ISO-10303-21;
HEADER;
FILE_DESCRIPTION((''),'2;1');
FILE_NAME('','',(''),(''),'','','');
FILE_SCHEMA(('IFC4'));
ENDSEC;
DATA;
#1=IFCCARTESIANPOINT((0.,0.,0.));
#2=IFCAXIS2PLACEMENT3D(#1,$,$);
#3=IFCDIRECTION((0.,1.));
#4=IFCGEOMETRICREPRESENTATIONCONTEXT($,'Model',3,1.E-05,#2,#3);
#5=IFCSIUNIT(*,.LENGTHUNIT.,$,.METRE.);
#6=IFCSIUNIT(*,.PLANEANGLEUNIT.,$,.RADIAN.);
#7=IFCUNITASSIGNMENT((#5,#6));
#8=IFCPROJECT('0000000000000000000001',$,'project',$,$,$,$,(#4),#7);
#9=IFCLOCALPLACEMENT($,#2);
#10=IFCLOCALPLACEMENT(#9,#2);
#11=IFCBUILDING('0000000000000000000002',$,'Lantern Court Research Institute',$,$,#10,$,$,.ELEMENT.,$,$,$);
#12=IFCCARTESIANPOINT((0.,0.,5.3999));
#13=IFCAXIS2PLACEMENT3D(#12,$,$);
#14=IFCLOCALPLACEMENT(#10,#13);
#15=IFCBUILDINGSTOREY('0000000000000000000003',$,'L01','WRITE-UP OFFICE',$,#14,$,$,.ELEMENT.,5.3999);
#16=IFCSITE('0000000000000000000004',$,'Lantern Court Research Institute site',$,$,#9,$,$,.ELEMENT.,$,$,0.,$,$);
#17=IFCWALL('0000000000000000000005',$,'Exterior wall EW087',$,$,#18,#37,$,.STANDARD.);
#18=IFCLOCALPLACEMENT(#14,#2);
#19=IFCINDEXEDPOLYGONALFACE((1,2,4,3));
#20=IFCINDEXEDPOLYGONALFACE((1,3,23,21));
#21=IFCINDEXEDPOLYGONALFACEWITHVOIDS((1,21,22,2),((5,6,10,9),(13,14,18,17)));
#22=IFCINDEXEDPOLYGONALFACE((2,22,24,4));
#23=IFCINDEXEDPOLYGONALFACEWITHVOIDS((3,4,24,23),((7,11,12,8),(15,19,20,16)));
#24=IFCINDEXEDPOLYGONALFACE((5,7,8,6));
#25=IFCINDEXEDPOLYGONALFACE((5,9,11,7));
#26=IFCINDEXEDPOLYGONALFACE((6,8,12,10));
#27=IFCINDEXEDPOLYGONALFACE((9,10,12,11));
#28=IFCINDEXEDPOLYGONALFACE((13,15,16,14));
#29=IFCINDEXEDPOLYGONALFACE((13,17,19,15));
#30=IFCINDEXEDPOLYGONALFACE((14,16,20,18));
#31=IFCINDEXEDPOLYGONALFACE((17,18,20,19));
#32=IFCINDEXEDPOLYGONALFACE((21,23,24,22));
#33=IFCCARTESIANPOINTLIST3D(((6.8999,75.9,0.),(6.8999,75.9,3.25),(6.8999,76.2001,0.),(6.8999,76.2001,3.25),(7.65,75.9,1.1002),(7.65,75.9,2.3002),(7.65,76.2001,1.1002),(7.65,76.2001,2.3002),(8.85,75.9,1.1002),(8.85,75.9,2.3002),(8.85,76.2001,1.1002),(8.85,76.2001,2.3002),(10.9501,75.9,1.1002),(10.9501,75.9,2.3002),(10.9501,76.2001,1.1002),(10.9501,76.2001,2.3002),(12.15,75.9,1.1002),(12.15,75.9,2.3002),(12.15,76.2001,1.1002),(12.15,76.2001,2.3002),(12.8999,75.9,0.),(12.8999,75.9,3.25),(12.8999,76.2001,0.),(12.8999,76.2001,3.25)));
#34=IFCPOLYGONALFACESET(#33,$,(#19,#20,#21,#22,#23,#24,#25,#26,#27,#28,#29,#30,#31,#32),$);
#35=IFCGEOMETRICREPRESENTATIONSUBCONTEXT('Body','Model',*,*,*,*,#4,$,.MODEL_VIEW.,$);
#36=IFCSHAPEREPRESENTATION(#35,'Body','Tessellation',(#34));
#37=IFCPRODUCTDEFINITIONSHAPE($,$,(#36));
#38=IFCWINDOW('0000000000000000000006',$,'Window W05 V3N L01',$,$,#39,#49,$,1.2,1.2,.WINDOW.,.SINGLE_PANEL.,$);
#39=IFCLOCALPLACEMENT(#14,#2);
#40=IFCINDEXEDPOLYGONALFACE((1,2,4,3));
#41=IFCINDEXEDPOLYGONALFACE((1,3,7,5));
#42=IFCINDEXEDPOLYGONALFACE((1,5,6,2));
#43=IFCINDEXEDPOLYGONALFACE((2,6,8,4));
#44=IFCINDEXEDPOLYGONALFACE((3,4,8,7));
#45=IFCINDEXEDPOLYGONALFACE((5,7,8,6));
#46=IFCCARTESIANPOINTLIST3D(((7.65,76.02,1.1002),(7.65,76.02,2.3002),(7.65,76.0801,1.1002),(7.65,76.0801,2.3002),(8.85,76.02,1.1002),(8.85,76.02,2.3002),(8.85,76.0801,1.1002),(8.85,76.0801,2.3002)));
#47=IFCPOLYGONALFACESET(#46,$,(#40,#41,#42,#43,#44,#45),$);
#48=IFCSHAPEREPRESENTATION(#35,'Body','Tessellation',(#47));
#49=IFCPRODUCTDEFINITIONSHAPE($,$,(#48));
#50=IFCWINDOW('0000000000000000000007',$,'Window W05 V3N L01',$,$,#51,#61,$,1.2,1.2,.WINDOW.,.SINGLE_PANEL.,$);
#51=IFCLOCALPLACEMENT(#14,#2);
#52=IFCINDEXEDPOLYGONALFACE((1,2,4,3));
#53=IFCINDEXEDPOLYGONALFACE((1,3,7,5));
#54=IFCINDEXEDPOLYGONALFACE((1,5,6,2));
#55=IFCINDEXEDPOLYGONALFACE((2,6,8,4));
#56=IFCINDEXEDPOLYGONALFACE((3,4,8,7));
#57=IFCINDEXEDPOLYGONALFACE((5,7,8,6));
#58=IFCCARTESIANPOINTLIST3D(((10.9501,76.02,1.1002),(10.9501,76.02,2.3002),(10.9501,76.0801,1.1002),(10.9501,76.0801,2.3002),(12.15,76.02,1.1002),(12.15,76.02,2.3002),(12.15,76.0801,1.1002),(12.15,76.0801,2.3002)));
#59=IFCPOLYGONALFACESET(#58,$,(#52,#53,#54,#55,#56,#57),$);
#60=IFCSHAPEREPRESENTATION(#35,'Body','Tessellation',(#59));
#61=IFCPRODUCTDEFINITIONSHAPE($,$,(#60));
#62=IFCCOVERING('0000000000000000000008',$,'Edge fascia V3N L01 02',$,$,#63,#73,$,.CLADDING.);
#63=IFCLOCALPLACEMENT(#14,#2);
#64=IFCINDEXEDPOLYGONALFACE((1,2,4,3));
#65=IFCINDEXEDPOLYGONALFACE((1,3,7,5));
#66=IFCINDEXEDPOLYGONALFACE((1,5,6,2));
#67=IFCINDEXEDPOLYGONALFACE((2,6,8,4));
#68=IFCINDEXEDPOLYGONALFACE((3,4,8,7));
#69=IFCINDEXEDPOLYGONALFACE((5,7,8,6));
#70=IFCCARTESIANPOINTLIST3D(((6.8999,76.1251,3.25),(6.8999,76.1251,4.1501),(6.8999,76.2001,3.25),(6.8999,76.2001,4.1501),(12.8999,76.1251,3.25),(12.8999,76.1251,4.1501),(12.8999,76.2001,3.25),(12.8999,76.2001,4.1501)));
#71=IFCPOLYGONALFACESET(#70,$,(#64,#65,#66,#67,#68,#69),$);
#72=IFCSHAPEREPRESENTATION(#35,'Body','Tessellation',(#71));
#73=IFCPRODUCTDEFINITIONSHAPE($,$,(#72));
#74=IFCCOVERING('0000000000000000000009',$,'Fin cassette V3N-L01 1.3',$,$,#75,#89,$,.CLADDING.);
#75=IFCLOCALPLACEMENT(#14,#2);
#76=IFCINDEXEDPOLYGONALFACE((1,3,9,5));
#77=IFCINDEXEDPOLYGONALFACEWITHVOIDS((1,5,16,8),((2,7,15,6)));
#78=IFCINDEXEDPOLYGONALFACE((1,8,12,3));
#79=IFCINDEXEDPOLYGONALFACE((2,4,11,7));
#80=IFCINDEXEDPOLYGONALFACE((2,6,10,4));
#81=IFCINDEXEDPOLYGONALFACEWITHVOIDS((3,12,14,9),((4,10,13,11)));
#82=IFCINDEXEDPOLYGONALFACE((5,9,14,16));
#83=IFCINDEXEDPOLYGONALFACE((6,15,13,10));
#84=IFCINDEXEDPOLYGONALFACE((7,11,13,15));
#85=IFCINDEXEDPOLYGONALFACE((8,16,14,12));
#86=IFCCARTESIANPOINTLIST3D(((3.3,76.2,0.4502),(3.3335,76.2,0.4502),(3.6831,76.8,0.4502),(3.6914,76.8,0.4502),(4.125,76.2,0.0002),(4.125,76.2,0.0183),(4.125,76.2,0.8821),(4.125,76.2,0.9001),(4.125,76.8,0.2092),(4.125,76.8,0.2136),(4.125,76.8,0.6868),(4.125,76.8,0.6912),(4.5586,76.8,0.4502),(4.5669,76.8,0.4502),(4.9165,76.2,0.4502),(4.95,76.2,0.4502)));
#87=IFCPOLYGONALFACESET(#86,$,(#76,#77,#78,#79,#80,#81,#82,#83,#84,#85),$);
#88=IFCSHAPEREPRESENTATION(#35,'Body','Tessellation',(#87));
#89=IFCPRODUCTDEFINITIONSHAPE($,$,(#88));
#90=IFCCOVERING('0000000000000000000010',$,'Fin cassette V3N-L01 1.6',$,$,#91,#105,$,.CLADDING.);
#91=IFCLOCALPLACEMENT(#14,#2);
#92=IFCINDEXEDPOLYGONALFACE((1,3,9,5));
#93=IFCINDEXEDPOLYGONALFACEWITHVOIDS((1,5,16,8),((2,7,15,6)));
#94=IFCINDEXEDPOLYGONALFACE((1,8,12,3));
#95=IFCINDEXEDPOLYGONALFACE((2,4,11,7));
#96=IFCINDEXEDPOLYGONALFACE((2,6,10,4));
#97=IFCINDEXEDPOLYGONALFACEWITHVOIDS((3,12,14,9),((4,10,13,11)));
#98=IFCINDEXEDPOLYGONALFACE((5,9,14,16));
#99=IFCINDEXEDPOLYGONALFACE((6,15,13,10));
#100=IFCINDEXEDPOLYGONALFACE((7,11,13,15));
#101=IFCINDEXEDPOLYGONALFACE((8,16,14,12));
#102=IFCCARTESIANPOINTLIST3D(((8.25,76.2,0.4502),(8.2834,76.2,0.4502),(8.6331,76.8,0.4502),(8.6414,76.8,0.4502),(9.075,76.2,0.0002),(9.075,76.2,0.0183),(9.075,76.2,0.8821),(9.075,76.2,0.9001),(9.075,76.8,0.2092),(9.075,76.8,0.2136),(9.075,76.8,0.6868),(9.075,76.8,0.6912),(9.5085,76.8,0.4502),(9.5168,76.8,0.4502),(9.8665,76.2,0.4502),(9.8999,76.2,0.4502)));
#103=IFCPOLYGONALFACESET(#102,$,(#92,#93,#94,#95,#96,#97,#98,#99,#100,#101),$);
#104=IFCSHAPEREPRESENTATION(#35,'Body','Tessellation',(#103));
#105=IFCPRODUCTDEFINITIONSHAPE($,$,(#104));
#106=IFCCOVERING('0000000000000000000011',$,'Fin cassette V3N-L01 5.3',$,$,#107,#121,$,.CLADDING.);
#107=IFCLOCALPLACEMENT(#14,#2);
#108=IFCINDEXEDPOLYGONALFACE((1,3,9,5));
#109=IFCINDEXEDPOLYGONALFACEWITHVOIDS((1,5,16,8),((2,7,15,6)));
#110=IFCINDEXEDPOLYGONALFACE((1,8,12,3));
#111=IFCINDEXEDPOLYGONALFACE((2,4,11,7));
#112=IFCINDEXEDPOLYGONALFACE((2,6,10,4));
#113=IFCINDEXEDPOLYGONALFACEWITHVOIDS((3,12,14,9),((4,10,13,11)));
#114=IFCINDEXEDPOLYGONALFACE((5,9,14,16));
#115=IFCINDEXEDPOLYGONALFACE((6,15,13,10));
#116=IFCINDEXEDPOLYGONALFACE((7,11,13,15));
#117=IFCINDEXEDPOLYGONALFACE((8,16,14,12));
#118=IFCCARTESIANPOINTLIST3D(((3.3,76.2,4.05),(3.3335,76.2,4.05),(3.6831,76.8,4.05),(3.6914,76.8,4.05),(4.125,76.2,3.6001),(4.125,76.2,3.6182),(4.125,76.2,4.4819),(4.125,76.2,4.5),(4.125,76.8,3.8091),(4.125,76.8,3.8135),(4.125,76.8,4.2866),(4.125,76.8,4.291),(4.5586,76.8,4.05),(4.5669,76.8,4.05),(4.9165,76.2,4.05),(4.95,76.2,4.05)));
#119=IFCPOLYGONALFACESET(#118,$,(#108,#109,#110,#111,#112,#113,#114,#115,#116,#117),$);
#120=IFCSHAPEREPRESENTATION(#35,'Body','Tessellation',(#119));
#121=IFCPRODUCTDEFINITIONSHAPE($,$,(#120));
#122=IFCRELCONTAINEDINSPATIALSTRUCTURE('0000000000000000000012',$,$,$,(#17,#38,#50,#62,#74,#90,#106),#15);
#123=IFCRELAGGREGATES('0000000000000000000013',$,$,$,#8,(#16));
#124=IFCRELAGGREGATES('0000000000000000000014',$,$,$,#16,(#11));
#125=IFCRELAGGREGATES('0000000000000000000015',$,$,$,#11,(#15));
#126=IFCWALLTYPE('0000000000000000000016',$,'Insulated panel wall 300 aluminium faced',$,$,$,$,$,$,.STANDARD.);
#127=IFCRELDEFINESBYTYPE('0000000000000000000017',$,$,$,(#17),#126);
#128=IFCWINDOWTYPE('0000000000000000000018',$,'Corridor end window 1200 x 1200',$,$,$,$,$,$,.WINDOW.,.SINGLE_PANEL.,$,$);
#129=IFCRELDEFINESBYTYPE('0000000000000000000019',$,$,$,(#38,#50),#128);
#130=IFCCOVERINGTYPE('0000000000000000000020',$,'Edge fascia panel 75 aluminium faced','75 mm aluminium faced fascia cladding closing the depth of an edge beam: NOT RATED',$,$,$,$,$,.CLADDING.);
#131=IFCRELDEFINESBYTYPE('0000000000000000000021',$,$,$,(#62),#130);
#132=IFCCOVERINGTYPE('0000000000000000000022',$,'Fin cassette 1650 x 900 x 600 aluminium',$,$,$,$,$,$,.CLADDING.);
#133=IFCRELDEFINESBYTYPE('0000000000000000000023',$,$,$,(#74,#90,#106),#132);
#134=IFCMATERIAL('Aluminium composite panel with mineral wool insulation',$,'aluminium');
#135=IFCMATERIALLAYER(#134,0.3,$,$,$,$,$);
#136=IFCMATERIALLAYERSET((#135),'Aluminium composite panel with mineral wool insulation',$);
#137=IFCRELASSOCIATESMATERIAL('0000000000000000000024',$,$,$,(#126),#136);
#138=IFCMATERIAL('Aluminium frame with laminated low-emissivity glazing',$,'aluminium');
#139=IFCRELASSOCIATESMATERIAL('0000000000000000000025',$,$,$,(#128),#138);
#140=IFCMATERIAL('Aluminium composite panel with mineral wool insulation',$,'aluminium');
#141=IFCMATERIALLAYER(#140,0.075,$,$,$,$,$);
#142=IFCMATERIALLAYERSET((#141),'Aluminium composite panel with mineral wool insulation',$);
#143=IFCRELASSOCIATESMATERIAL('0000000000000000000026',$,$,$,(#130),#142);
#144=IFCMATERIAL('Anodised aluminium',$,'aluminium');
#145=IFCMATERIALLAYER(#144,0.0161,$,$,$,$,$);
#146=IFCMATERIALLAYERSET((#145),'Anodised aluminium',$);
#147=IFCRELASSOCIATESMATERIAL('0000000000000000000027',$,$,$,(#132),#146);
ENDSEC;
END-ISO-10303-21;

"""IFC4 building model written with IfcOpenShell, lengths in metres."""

from ifc_helpers import new_model, entity, si_unit, direction, frame, frame_2d, origin, place, context, subcontext, project, spatial, rectangle, extrude, material, layer, layer_set, type_object, element, fill, save


model = new_model("IFC4")

# Units and contexts
model_context = context("Model", 3, precision=1e-05, world=origin(), true_north=direction((0.0, 1.0)))
body_context = subcontext(model_context, "Body", "Model", "MODEL_VIEW")
ifc_project = project(units=[si_unit("LENGTHUNIT", "METRE"), si_unit("PLANEANGLEUNIT", "RADIAN")], contexts=[model_context])

# Site, building, storey
site_placement = place(None, origin())
site = spatial("IfcSite", under=ifc_project, at=site_placement, Name="Lantern Court Research Institute site", CompositionType="ELEMENT", RefElevation=0.0)
building_placement = place(site_placement, origin())
building = spatial("IfcBuilding", under=site, at=building_placement, Name="Lantern Court Research Institute", CompositionType="ELEMENT")
storey_placement = place(building_placement, frame((0.0, 0.0, 5.3999)))
storey = spatial("IfcBuildingStorey", under=building, at=storey_placement, Name="L01", Description="WRITE-UP OFFICE", CompositionType="ELEMENT", Elevation=5.3999)

# Wall, openings, windows
ifc_material_1 = material(Name="Aluminium composite panel with mineral wool insulation", Category="aluminium")
ifc_layer_1 = layer(ifc_material_1, 0.3)
ifc_layer_set_1 = layer_set([ifc_layer_1], Name="Aluminium composite panel with mineral wool insulation")
wall_type_1 = type_object("IfcWallType", Name="Insulated panel wall 300 aluminium faced", PredefinedType="STANDARD", material=ifc_layer_set_1)
wall_1_placement = place(storey_placement, frame((6.8999, 76.05, 0.0), z_axis=(0.0, 0.0, 1.0), x_axis=(1.0, 0.0, 0.0)))
wall_1 = element("IfcWall", 1, at=wall_1_placement, inside=storey, type_object=wall_type_1, Name="Exterior wall EW087", PredefinedType="STANDARD", context=body_context, shape_type="SweptSolid", body=[
    extrude(rectangle(XDim=6.0, YDim=0.3, at=frame_2d((3.0, 0.0))), origin(), (0.0, 0.0, 1.0), 3.25),
])
opening_1_placement = place(wall_1_placement, frame((0.75, 0.0, 1.1001)))
opening_1 = element("IfcOpeningElement", 2, at=opening_1_placement, cuts=wall_1, PredefinedType="OPENING", context=body_context, shape_type="SweptSolid", body=[
    extrude(rectangle(XDim=1.2, YDim=1.2, at=frame_2d((0.6001, 0.6001))), frame((0.0, 0.1599, 0.0), z_axis=(0.0, -1.0, 0.0), x_axis=(1.0, 0.0, 0.0)), (0.0, 0.0, 1.0), 0.3201),
])
opening_2_placement = place(wall_1_placement, frame((4.05, 0.0, 1.1001)))
opening_2 = element("IfcOpeningElement", 3, at=opening_2_placement, cuts=wall_1, PredefinedType="OPENING", context=body_context, shape_type="SweptSolid", body=[
    extrude(rectangle(XDim=1.2, YDim=1.2, at=frame_2d((0.6001, 0.6001))), frame((0.0, 0.1599, 0.0), z_axis=(0.0, -1.0, 0.0), x_axis=(1.0, 0.0, 0.0)), (0.0, 0.0, 1.0), 0.3201),
])
ifc_material_2 = material(Name="Aluminium frame with laminated low-emissivity glazing", Category="aluminium")
window_type = type_object("IfcWindowType", Name="Corridor end window 1200 x 1200", PartitioningType="SINGLE_PANEL", PredefinedType="WINDOW", material=ifc_material_2)
window_1_placement = place(opening_1_placement, origin())
window_1 = element("IfcWindow", 4, at=window_1_placement, inside=storey, type_object=window_type, Name="Window W05 V3N L01", OverallHeight=1.2, OverallWidth=1.2, PartitioningType="SINGLE_PANEL", PredefinedType="WINDOW", context=body_context, shape_type="SweptSolid", body=[
    extrude(rectangle(XDim=1.2, YDim=1.2, at=frame_2d((0.6001, 0.6001))), frame((0.0, 0.03, 0.0), z_axis=(0.0, -1.0, 0.0), x_axis=(1.0, 0.0, 0.0)), (0.0, 0.0, 1.0), 0.0601),
])
fill(opening_1, window_1)
window_2_placement = place(opening_2_placement, origin())
window_2 = element("IfcWindow", 5, at=window_2_placement, inside=storey, type_object=window_type, Name="Window W05 V3N L01", OverallHeight=1.2, OverallWidth=1.2, PartitioningType="SINGLE_PANEL", PredefinedType="WINDOW", context=body_context, shape_type="SweptSolid", body=[
    extrude(rectangle(XDim=1.2, YDim=1.2, at=frame_2d((0.6001, 0.6001))), frame((0.0, 0.03, 0.0), z_axis=(0.0, -1.0, 0.0), x_axis=(1.0, 0.0, 0.0)), (0.0, 0.0, 1.0), 0.0601),
])
fill(opening_2, window_2)

# Coverings
ifc_material_3 = material(Name="Aluminium composite panel with mineral wool insulation", Category="aluminium")
ifc_layer_2 = layer(ifc_material_3, 0.075)
ifc_layer_set_2 = layer_set([ifc_layer_2], Name="Aluminium composite panel with mineral wool insulation")
covering_type_1 = type_object("IfcCoveringType", Name="Edge fascia panel 75 aluminium faced", Description="75 mm aluminium faced fascia cladding closing the depth of an edge beam: NOT RATED", PredefinedType="CLADDING", material=ifc_layer_set_2)
covering_1_placement = place(storey_placement, frame((6.8999, 76.1626, 3.25), z_axis=(0.0, 0.0, 1.0), x_axis=(1.0, 0.0, 0.0)))
element("IfcCovering", 6, at=covering_1_placement, inside=storey, type_object=covering_type_1, Name="Edge fascia V3N L01 02", PredefinedType="CLADDING", context=body_context, shape_type="SweptSolid", body=[
    extrude(rectangle(XDim=6.0, YDim=0.075, at=frame_2d((3.0, 0.0))), origin(), (0.0, 0.0, 1.0), 0.9001),
])
ifc_material_4 = material(Name="Anodised aluminium", Category="aluminium")
ifc_layer_3 = layer(ifc_material_4, 0.0161)
ifc_layer_set_3 = layer_set([ifc_layer_3], Name="Anodised aluminium")
covering_type_2 = type_object("IfcCoveringType", Name="Fin cassette 1650 x 900 x 600 aluminium", PredefinedType="CLADDING", material=ifc_layer_set_3)
covering_2_placement = place(storey_placement, frame((4.125, 76.2, 0.4502), z_axis=(0.0, 1.0, 0.0), x_axis=(-1.0, 0.0, 0.0)))
cartesian_point_1 = entity("IfcCartesianPoint", [0.825, 0.0])
cartesian_point_2 = entity("IfcCartesianPoint", [0.7915, 0.0])
cartesian_point_3 = entity("IfcCartesianPoint", [0.4419, 0.0])
cartesian_point_4 = entity("IfcCartesianPoint", [0.4336, 0.0])
element("IfcCovering", 7, at=covering_2_placement, inside=storey, type_object=covering_type_2, Name="Fin cassette V3N-L01 1.3", PredefinedType="CLADDING", context=body_context, shape_type="SweptSolid", body=[
    entity("IfcExtrudedAreaSolidTapered", entity("IfcArbitraryProfileDefWithVoids", "AREA", None, entity("IfcPolyline", [cartesian_point_1, entity("IfcCartesianPoint", [0.0, 0.45]), entity("IfcCartesianPoint", [-0.825, 0.0]), entity("IfcCartesianPoint", [0.0, -0.45]), cartesian_point_1]), [entity("IfcPolyline", [cartesian_point_2, entity("IfcCartesianPoint", [0.0, 0.4319]), entity("IfcCartesianPoint", [-0.7915, 0.0]), entity("IfcCartesianPoint", [0.0, -0.4319]), cartesian_point_2])]), entity("IfcAxis2Placement3D", entity("IfcCartesianPoint", [0.0, 0.0, 0.0])), entity("IfcDirection", [0.0, 0.0, 1.0]), 0.6001, entity("IfcArbitraryProfileDefWithVoids", "AREA", None, entity("IfcPolyline", [cartesian_point_3, entity("IfcCartesianPoint", [0.0, 0.241]), entity("IfcCartesianPoint", [-0.4419, 0.0]), entity("IfcCartesianPoint", [0.0, -0.241]), cartesian_point_3]), [entity("IfcPolyline", [cartesian_point_4, entity("IfcCartesianPoint", [0.0, 0.2366]), entity("IfcCartesianPoint", [-0.4336, 0.0]), entity("IfcCartesianPoint", [0.0, -0.2366]), cartesian_point_4])])),
])
covering_3_placement = place(storey_placement, frame((9.075, 76.2, 0.4502), z_axis=(0.0, 1.0, 0.0), x_axis=(-1.0, 0.0, 0.0)))
cartesian_point_5 = entity("IfcCartesianPoint", [0.825, 0.0])
cartesian_point_6 = entity("IfcCartesianPoint", [0.7915, 0.0])
cartesian_point_7 = entity("IfcCartesianPoint", [0.4419, 0.0])
cartesian_point_8 = entity("IfcCartesianPoint", [0.4336, 0.0])
element("IfcCovering", 8, at=covering_3_placement, inside=storey, type_object=covering_type_2, Name="Fin cassette V3N-L01 1.6", PredefinedType="CLADDING", context=body_context, shape_type="SweptSolid", body=[
    entity("IfcExtrudedAreaSolidTapered", entity("IfcArbitraryProfileDefWithVoids", "AREA", None, entity("IfcPolyline", [cartesian_point_5, entity("IfcCartesianPoint", [0.0, 0.45]), entity("IfcCartesianPoint", [-0.825, 0.0]), entity("IfcCartesianPoint", [0.0, -0.45]), cartesian_point_5]), [entity("IfcPolyline", [cartesian_point_6, entity("IfcCartesianPoint", [0.0, 0.4319]), entity("IfcCartesianPoint", [-0.7915, 0.0]), entity("IfcCartesianPoint", [0.0, -0.4319]), cartesian_point_6])]), entity("IfcAxis2Placement3D", entity("IfcCartesianPoint", [0.0, 0.0, 0.0])), entity("IfcDirection", [0.0, 0.0, 1.0]), 0.6001, entity("IfcArbitraryProfileDefWithVoids", "AREA", None, entity("IfcPolyline", [cartesian_point_7, entity("IfcCartesianPoint", [0.0, 0.241]), entity("IfcCartesianPoint", [-0.4419, 0.0]), entity("IfcCartesianPoint", [0.0, -0.241]), cartesian_point_7]), [entity("IfcPolyline", [cartesian_point_8, entity("IfcCartesianPoint", [0.0, 0.2366]), entity("IfcCartesianPoint", [-0.4336, 0.0]), entity("IfcCartesianPoint", [0.0, -0.2366]), cartesian_point_8])])),
])
covering_4_placement = place(storey_placement, frame((4.125, 76.2, 4.05), z_axis=(0.0, 1.0, 0.0), x_axis=(-1.0, 0.0, 0.0)))
cartesian_point_9 = entity("IfcCartesianPoint", [0.825, 0.0])
cartesian_point_10 = entity("IfcCartesianPoint", [0.7915, 0.0])
cartesian_point_11 = entity("IfcCartesianPoint", [0.4419, 0.0])
cartesian_point_12 = entity("IfcCartesianPoint", [0.4336, 0.0])
element("IfcCovering", 9, at=covering_4_placement, inside=storey, type_object=covering_type_2, Name="Fin cassette V3N-L01 5.3", PredefinedType="CLADDING", context=body_context, shape_type="SweptSolid", body=[
    entity("IfcExtrudedAreaSolidTapered", entity("IfcArbitraryProfileDefWithVoids", "AREA", None, entity("IfcPolyline", [cartesian_point_9, entity("IfcCartesianPoint", [0.0, 0.45]), entity("IfcCartesianPoint", [-0.825, 0.0]), entity("IfcCartesianPoint", [0.0, -0.45]), cartesian_point_9]), [entity("IfcPolyline", [cartesian_point_10, entity("IfcCartesianPoint", [0.0, 0.4319]), entity("IfcCartesianPoint", [-0.7915, 0.0]), entity("IfcCartesianPoint", [0.0, -0.4319]), cartesian_point_10])]), entity("IfcAxis2Placement3D", entity("IfcCartesianPoint", [0.0, 0.0, 0.0])), entity("IfcDirection", [0.0, 0.0, 1.0]), 0.6001, entity("IfcArbitraryProfileDefWithVoids", "AREA", None, entity("IfcPolyline", [cartesian_point_11, entity("IfcCartesianPoint", [0.0, 0.241]), entity("IfcCartesianPoint", [-0.4419, 0.0]), entity("IfcCartesianPoint", [0.0, -0.241]), cartesian_point_11]), [entity("IfcPolyline", [cartesian_point_12, entity("IfcCartesianPoint", [0.0, 0.2366]), entity("IfcCartesianPoint", [-0.4336, 0.0]), entity("IfcCartesianPoint", [0.0, -0.2366]), cartesian_point_12])])),
])

save(model, "model.ifc")
